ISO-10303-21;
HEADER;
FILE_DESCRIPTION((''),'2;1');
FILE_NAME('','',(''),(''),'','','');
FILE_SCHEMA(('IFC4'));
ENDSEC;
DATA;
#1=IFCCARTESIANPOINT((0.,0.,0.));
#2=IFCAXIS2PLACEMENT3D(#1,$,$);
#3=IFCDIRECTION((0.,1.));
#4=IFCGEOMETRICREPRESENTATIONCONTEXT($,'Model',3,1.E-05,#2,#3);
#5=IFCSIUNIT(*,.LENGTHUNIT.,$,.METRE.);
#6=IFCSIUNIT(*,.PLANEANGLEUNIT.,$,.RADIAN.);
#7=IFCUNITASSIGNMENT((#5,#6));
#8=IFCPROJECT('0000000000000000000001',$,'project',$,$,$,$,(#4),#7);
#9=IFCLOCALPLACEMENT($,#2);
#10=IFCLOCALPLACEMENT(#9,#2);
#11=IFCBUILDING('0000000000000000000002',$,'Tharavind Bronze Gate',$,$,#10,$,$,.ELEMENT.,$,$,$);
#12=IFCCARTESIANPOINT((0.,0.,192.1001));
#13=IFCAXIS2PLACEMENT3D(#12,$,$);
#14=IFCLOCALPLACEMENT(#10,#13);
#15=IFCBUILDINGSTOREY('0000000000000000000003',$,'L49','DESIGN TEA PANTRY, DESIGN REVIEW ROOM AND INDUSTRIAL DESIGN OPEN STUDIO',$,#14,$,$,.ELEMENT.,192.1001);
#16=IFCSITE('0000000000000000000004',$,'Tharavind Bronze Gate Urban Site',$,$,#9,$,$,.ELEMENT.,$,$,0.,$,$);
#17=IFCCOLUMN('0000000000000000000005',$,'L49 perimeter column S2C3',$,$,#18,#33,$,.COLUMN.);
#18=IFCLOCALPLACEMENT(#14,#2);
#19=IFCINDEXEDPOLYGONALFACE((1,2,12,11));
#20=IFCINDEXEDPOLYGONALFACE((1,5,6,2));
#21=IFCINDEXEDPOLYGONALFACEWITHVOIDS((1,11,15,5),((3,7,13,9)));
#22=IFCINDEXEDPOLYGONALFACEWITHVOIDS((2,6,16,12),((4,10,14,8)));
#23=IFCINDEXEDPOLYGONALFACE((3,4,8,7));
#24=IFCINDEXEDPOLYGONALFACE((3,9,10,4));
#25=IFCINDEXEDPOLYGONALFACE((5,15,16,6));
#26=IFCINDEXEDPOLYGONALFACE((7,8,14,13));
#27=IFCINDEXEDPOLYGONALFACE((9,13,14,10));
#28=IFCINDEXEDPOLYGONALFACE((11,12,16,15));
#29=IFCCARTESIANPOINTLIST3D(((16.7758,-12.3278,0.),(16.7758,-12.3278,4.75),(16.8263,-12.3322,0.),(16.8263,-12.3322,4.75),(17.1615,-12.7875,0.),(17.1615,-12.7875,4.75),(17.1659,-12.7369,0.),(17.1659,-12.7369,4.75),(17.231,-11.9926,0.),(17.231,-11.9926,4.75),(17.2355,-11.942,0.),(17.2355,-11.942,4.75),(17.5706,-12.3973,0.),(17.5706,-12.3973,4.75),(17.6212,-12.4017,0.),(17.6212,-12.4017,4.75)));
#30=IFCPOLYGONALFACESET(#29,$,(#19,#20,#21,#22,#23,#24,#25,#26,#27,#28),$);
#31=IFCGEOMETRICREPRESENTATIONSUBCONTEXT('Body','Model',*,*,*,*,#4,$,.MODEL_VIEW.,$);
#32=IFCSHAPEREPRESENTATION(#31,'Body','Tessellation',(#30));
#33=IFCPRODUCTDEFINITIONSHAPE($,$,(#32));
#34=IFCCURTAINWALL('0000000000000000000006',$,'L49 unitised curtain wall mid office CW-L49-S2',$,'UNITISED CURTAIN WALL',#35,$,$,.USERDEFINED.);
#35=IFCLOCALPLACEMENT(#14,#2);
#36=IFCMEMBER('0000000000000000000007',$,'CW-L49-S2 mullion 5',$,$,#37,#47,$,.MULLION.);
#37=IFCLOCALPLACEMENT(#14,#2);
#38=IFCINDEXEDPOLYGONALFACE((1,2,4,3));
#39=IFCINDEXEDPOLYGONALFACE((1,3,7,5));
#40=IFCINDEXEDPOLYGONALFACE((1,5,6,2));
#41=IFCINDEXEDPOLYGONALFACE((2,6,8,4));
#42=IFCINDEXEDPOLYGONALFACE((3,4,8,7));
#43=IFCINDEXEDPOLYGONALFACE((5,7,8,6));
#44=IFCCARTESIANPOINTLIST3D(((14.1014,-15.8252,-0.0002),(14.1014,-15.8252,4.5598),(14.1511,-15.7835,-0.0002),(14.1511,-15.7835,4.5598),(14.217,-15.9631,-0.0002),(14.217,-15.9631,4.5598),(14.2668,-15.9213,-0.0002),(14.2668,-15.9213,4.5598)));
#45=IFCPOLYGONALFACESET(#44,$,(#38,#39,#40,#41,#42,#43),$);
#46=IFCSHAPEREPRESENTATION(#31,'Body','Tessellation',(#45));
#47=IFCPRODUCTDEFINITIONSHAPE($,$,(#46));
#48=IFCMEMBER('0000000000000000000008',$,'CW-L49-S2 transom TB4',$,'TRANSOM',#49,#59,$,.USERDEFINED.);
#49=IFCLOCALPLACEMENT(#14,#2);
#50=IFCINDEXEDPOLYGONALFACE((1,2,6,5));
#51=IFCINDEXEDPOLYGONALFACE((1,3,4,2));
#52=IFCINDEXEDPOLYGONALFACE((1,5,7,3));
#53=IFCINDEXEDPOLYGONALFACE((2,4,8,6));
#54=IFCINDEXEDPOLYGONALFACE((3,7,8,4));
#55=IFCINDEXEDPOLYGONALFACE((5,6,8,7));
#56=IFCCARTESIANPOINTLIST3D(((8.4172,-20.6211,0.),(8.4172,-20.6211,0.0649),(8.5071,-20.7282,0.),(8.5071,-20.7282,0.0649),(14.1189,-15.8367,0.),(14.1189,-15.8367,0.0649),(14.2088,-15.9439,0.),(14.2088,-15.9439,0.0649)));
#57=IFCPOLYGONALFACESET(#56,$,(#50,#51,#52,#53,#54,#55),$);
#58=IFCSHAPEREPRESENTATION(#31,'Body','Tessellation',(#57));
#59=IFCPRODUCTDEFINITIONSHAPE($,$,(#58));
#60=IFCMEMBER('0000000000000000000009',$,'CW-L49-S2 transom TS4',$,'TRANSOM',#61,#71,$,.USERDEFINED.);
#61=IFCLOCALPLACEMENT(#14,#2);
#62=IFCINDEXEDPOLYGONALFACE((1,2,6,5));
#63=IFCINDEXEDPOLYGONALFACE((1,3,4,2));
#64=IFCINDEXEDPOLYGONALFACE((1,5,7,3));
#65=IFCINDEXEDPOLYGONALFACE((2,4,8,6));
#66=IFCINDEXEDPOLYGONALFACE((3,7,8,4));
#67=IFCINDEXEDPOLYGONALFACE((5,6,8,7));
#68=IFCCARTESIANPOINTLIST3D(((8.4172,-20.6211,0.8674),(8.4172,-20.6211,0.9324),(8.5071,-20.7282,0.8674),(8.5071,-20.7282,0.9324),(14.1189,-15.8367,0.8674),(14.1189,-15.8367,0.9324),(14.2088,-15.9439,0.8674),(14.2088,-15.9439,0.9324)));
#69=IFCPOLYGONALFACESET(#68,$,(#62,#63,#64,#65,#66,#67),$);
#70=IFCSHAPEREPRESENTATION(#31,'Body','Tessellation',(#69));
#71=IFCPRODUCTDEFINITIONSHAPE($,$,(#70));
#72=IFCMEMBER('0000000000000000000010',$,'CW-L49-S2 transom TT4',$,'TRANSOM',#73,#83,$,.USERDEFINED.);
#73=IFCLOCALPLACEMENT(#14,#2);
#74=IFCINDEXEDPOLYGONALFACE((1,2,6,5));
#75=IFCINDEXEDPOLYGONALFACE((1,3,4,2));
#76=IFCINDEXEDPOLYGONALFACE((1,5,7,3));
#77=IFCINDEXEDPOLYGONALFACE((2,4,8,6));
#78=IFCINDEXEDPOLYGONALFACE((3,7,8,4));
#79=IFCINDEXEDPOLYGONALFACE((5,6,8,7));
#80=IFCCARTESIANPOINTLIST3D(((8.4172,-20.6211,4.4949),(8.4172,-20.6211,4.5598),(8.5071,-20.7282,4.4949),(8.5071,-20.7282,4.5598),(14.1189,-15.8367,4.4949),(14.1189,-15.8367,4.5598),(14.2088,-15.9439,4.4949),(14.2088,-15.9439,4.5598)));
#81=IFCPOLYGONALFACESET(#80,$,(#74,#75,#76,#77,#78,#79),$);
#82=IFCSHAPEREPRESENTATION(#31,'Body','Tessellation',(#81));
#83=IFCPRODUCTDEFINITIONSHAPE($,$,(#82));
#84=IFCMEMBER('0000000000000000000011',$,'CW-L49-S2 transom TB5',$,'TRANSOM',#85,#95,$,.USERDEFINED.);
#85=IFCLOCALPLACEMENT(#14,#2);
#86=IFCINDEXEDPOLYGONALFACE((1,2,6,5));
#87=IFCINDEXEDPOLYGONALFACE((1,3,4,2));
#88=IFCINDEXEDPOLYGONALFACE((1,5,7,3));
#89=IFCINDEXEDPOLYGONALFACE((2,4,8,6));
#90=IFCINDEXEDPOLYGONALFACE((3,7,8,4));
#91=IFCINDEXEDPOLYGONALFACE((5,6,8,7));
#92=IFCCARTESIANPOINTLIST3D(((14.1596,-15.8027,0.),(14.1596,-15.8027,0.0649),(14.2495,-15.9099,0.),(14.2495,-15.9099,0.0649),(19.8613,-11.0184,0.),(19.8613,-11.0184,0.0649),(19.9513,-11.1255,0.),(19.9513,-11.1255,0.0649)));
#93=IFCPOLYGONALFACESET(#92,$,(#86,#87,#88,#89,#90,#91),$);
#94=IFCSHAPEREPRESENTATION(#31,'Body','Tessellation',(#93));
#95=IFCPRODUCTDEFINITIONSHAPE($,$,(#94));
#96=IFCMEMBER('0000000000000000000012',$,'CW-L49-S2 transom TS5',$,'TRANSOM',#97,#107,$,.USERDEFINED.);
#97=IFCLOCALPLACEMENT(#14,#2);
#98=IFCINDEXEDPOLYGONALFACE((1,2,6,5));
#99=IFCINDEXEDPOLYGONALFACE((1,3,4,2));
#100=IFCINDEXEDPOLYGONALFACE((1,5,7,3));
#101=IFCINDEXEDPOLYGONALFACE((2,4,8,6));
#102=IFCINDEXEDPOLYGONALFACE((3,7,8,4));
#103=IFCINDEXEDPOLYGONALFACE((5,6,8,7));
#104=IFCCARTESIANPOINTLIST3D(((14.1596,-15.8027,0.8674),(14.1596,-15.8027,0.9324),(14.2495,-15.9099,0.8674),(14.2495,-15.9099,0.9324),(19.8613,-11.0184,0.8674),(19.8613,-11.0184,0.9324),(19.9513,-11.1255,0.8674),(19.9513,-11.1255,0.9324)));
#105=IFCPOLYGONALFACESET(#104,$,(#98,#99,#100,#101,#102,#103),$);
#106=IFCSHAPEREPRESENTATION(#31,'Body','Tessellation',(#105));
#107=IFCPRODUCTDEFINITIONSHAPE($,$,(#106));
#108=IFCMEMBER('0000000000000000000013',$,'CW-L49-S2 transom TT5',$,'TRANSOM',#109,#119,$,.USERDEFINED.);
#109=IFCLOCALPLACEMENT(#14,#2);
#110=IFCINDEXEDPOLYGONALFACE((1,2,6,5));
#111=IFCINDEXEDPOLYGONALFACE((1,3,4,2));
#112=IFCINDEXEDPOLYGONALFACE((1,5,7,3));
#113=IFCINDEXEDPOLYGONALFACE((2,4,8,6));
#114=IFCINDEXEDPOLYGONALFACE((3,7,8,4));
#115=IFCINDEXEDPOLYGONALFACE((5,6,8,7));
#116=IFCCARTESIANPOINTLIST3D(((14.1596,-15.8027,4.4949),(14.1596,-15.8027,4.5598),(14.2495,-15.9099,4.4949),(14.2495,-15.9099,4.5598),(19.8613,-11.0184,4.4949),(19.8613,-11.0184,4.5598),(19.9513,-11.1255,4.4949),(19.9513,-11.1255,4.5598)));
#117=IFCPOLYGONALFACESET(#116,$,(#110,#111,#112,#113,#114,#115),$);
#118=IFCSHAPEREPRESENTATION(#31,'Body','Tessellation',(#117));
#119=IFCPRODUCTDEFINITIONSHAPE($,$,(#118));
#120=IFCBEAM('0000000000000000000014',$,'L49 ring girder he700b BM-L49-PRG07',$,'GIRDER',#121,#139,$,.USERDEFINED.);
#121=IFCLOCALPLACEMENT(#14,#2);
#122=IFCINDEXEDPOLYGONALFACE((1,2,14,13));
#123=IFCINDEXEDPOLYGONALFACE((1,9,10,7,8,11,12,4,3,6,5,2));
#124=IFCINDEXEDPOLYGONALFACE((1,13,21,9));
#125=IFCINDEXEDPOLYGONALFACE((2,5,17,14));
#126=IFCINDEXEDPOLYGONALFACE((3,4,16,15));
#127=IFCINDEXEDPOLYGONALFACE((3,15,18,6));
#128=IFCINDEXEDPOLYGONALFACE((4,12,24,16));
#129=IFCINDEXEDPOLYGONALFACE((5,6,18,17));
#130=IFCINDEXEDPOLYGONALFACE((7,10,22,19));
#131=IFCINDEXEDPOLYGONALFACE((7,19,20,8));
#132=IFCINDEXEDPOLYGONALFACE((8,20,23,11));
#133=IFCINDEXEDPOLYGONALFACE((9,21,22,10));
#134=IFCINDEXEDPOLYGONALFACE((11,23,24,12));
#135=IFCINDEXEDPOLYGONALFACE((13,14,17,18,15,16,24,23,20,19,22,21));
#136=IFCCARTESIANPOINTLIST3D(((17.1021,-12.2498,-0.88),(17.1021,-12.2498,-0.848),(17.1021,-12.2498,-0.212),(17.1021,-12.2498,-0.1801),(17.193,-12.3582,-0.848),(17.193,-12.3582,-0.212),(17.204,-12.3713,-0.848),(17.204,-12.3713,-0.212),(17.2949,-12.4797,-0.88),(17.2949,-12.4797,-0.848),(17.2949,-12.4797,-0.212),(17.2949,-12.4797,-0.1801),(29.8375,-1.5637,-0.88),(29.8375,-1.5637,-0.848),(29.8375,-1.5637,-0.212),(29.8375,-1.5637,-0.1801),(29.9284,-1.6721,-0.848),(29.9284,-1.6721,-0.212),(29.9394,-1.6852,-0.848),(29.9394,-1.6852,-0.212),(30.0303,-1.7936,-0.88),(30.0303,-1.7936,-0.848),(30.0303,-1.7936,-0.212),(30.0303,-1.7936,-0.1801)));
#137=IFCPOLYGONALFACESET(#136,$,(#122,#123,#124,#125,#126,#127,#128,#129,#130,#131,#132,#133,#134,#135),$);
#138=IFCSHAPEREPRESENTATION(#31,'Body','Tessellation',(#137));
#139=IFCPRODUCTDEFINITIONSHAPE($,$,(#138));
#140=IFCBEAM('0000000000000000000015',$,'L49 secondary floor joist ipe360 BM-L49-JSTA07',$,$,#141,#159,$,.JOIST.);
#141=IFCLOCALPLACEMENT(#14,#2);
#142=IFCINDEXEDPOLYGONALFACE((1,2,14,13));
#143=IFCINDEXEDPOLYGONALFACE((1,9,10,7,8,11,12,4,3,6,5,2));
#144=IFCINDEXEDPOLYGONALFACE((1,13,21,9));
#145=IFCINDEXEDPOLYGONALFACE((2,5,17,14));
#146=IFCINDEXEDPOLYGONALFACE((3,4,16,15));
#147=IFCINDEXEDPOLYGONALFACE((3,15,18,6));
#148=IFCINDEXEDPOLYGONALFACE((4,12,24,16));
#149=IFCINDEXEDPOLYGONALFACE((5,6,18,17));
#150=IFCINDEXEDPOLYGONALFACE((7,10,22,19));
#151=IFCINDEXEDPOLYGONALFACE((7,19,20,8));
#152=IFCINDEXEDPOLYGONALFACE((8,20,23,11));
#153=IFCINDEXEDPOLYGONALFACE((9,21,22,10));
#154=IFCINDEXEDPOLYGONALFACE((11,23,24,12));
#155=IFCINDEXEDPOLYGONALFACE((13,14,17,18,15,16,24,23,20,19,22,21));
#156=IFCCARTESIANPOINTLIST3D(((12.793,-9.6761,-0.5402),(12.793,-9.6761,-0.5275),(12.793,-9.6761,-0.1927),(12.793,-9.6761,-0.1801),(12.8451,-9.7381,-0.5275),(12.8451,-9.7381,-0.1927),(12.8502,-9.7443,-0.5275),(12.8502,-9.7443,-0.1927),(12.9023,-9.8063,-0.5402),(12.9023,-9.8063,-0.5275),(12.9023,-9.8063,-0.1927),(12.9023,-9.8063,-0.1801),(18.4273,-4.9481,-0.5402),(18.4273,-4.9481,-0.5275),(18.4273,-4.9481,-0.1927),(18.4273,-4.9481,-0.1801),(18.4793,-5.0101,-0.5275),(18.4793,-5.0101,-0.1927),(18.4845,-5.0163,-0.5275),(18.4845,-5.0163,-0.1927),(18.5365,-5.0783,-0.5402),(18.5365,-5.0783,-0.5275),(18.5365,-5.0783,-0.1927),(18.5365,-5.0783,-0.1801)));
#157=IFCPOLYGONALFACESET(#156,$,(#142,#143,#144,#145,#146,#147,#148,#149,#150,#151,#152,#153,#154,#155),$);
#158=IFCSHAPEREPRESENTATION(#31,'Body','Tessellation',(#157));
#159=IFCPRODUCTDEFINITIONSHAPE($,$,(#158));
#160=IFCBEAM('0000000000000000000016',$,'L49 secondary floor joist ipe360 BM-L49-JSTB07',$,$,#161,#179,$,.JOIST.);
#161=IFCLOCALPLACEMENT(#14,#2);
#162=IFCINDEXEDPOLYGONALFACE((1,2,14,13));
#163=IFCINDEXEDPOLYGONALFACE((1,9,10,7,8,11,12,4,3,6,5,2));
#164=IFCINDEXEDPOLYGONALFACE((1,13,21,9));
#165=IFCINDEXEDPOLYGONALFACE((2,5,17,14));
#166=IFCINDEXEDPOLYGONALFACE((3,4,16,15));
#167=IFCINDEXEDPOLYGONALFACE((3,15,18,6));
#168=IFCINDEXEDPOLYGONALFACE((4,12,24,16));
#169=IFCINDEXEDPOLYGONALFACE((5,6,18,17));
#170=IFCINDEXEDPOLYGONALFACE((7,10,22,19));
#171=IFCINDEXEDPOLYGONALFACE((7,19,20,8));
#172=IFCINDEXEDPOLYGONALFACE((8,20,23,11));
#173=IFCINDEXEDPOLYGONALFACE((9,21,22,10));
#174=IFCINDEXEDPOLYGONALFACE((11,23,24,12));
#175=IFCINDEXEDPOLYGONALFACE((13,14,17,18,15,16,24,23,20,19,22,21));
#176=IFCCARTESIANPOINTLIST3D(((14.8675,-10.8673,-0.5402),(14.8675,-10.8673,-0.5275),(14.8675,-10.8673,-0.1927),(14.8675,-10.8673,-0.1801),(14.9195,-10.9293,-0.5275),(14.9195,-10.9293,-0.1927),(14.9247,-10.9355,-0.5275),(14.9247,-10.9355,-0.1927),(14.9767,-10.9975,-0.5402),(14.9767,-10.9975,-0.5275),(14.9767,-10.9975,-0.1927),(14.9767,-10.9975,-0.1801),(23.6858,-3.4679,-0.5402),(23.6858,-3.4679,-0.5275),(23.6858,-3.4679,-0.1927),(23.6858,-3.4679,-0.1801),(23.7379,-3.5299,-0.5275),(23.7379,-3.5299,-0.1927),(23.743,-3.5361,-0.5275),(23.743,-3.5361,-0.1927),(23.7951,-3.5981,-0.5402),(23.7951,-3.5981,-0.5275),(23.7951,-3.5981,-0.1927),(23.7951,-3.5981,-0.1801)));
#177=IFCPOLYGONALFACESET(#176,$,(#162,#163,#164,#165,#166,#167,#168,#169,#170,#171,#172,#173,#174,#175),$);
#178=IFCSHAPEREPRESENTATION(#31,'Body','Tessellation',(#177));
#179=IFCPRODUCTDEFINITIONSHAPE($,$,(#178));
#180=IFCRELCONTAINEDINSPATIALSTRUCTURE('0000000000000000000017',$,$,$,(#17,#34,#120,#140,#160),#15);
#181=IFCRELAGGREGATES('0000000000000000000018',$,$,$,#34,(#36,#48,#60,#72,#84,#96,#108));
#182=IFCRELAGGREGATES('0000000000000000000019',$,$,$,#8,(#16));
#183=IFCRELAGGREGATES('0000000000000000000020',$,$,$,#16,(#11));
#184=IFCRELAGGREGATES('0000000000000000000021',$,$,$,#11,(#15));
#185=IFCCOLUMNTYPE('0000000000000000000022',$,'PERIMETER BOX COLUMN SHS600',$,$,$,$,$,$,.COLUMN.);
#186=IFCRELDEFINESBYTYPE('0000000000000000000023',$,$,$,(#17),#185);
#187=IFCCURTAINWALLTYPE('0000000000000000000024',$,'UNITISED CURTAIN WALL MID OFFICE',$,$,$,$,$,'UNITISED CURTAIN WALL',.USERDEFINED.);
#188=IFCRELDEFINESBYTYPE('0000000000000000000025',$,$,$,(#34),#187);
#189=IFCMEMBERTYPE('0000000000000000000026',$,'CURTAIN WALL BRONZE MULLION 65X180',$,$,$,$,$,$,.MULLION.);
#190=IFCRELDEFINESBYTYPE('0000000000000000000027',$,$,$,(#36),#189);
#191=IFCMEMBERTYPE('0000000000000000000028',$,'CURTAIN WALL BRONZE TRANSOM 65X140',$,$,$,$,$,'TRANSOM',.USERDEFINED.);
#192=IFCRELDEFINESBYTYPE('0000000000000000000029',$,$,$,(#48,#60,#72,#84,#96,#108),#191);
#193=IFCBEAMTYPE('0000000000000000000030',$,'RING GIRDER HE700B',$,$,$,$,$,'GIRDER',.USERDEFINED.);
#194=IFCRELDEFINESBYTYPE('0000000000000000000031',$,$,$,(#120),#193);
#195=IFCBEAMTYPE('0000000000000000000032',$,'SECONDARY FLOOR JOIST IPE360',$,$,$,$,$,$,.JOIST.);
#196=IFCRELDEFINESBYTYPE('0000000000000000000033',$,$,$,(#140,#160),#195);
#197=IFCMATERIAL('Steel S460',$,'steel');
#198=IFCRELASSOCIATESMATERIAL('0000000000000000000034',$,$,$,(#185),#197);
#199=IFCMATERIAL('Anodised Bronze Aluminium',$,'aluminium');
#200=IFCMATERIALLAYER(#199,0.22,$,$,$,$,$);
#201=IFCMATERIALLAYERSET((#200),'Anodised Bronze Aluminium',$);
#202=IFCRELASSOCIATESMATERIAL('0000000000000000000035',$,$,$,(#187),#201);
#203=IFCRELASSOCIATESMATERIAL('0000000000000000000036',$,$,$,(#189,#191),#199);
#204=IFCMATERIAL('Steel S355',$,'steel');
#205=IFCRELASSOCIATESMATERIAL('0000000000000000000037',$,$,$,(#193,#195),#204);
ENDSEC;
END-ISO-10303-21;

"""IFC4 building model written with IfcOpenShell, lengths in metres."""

from ifc_helpers import new_model, si_unit, direction, frame, origin, origin_2d, place, context, subcontext, project, spatial, rectangle, hollow_rectangle, i_section, extrude, material, layer, layer_set, material_profile, profile_set, type_object, element, aggregate, save


model = new_model("IFC4")

# Units and contexts
model_context = context("Model", 3, precision=1e-05, world=origin(), true_north=direction((0.0, 1.0)))
body_context = subcontext(model_context, "Body", "Model", "MODEL_VIEW")
ifc_project = project(units=[si_unit("LENGTHUNIT", "METRE"), si_unit("PLANEANGLEUNIT", "RADIAN")], contexts=[model_context])

# Site, building, storey
site_placement = place(None, origin())
site = spatial("IfcSite", under=ifc_project, at=site_placement, Name="Tharavind Bronze Gate Urban Site", CompositionType="ELEMENT", RefElevation=0.0)
building_placement = place(site_placement, origin())
building = spatial("IfcBuilding", under=site, at=building_placement, Name="Tharavind Bronze Gate", CompositionType="ELEMENT")
storey_placement = place(building_placement, frame((0.0, 0.0, 192.1001)))
storey = spatial("IfcBuildingStorey", under=building, at=storey_placement, Name="L49", Description="DESIGN TEA PANTRY, DESIGN REVIEW ROOM AND INDUSTRIAL DESIGN OPEN STUDIO", CompositionType="ELEMENT", Elevation=192.1001)

# Column
ifc_material_1 = material(Name="Steel S460", Category="steel")
ifc_material_profile_1 = material_profile(ifc_material_1, hollow_rectangle(XDim=0.6001, YDim=0.6001, WallThickness=0.0359, at=origin_2d()), Name="SHS600X36")
ifc_profile_set_1 = profile_set([ifc_material_profile_1], Name="Steel S460")
column_type = type_object("IfcColumnType", Name="PERIMETER BOX COLUMN SHS600", PredefinedType="COLUMN", material=ifc_profile_set_1)
column_placement = place(storey_placement, frame((17.1985, -12.3647, 0.0), z_axis=(0.0, 0.0, 1.0), x_axis=(0.766043, 0.642789, 0.0)))
element("IfcColumn", 1, at=column_placement, inside=storey, type_object=column_type, Name="L49 perimeter column S2C3", PredefinedType="COLUMN", context=body_context, shape_type="SweptSolid", body=[
    extrude(hollow_rectangle(XDim=0.6001, YDim=0.6001, WallThickness=0.0359, at=origin_2d()), origin(), (0.0, 0.0, 1.0), 4.75),
])

# Curtain wall, members
ifc_material_2 = material(Name="Anodised Bronze Aluminium", Category="aluminium")
ifc_layer_1 = layer(ifc_material_2, 0.22)
ifc_layer_set_1 = layer_set([ifc_layer_1], Name="Anodised Bronze Aluminium")
curtain_wall_type = type_object("IfcCurtainWallType", Name="UNITISED CURTAIN WALL MID OFFICE", ElementType="UNITISED CURTAIN WALL", PredefinedType="USERDEFINED", material=ifc_layer_set_1)
curtain_wall_placement = place(storey_placement, origin())
curtain_wall = element("IfcCurtainWall", 2, at=curtain_wall_placement, inside=storey, type_object=curtain_wall_type, Name="L49 unitised curtain wall mid office CW-L49-S2", ObjectType="UNITISED CURTAIN WALL", PredefinedType="USERDEFINED")
member_type_1 = type_object("IfcMemberType", Name="CURTAIN WALL BRONZE MULLION 65X180", PredefinedType="MULLION", material=ifc_material_2)
member_1_placement = place(storey_placement, frame((14.1841, -15.8733, -0.0002), z_axis=(0.0, 0.0, 1.0), x_axis=(0.766043, 0.642789, 0.0)))
member_1 = element("IfcMember", 3, at=member_1_placement, type_object=member_type_1, Name="CW-L49-S2 mullion 5", PredefinedType="MULLION", context=body_context, shape_type="SweptSolid", body=[
    extrude(rectangle(XDim=0.0649, YDim=0.1799, at=origin_2d()), origin(), (0.0, 0.0, 1.0), 4.5601),
])
member_type_2 = type_object("IfcMemberType", Name="CURTAIN WALL BRONZE TRANSOM 65X140", ElementType="TRANSOM", PredefinedType="USERDEFINED", material=ifc_material_2)
member_2_placement = place(storey_placement, frame((11.313, -18.2825, 0.0), z_axis=(0.0, 0.0, 1.0), x_axis=(0.766043, 0.642789, 0.0)))
member_2 = element("IfcMember", 4, at=member_2_placement, type_object=member_type_2, Name="CW-L49-S2 transom TB4", ObjectType="TRANSOM", PredefinedType="USERDEFINED", context=body_context, shape_type="SweptSolid", body=[
    extrude(rectangle(XDim=7.4431, YDim=0.1399, at=origin_2d()), origin(), (0.0, 0.0, 1.0), 0.0649),
])
member_3_placement = place(storey_placement, frame((11.313, -18.2825, 0.8674), z_axis=(0.0, 0.0, 1.0), x_axis=(0.766043, 0.642789, 0.0)))
member_3 = element("IfcMember", 5, at=member_3_placement, type_object=member_type_2, Name="CW-L49-S2 transom TS4", ObjectType="TRANSOM", PredefinedType="USERDEFINED", context=body_context, shape_type="SweptSolid", body=[
    extrude(rectangle(XDim=7.4431, YDim=0.1399, at=origin_2d()), origin(), (0.0, 0.0, 1.0), 0.0649),
])
member_4_placement = place(storey_placement, frame((11.313, -18.2825, 4.4949), z_axis=(0.0, 0.0, 1.0), x_axis=(0.766043, 0.642789, 0.0)))
member_4 = element("IfcMember", 6, at=member_4_placement, type_object=member_type_2, Name="CW-L49-S2 transom TT4", ObjectType="TRANSOM", PredefinedType="USERDEFINED", context=body_context, shape_type="SweptSolid", body=[
    extrude(rectangle(XDim=7.4431, YDim=0.1399, at=origin_2d()), origin(), (0.0, 0.0, 1.0), 0.0649),
])
member_5_placement = place(storey_placement, frame((17.0554, -13.4641, 0.0), z_axis=(0.0, 0.0, 1.0), x_axis=(0.766043, 0.642789, 0.0)))
member_5 = element("IfcMember", 7, at=member_5_placement, type_object=member_type_2, Name="CW-L49-S2 transom TB5", ObjectType="TRANSOM", PredefinedType="USERDEFINED", context=body_context, shape_type="SweptSolid", body=[
    extrude(rectangle(XDim=7.4431, YDim=0.1399, at=origin_2d()), origin(), (0.0, 0.0, 1.0), 0.0649),
])
member_6_placement = place(storey_placement, frame((17.0554, -13.4641, 0.8674), z_axis=(0.0, 0.0, 1.0), x_axis=(0.766043, 0.642789, 0.0)))
member_6 = element("IfcMember", 8, at=member_6_placement, type_object=member_type_2, Name="CW-L49-S2 transom TS5", ObjectType="TRANSOM", PredefinedType="USERDEFINED", context=body_context, shape_type="SweptSolid", body=[
    extrude(rectangle(XDim=7.4431, YDim=0.1399, at=origin_2d()), origin(), (0.0, 0.0, 1.0), 0.0649),
])
member_7_placement = place(storey_placement, frame((17.0554, -13.4641, 4.4949), z_axis=(0.0, 0.0, 1.0), x_axis=(0.766043, 0.642789, 0.0)))
member_7 = element("IfcMember", 9, at=member_7_placement, type_object=member_type_2, Name="CW-L49-S2 transom TT5", ObjectType="TRANSOM", PredefinedType="USERDEFINED", context=body_context, shape_type="SweptSolid", body=[
    extrude(rectangle(XDim=7.4431, YDim=0.1399, at=origin_2d()), origin(), (0.0, 0.0, 1.0), 0.0649),
])

# Beams
ifc_material_3 = material(Name="Steel S355", Category="steel")
ifc_material_profile_2 = material_profile(ifc_material_3, i_section(OverallWidth=0.3, OverallDepth=0.7, WebThickness=0.0171, FlangeThickness=0.032, at=origin_2d()), Name="HE700B")
ifc_profile_set_2 = profile_set([ifc_material_profile_2], Name="Steel S355")
beam_type_1 = type_object("IfcBeamType", Name="RING GIRDER HE700B", ElementType="GIRDER", PredefinedType="USERDEFINED", material=ifc_profile_set_2)
beam_1_placement = place(storey_placement, frame((17.1985, -12.3647, -0.53), z_axis=(0.76605, 0.642781, 0.0), x_axis=(-0.642781, 0.76605, 0.0)))
element("IfcBeam", 10, at=beam_1_placement, inside=storey, type_object=beam_type_1, Name="L49 ring girder he700b BM-L49-PRG07", ObjectType="GIRDER", PredefinedType="USERDEFINED", context=body_context, shape_type="SweptSolid", body=[
    extrude(i_section(OverallWidth=0.3, OverallDepth=0.7, WebThickness=0.0171, FlangeThickness=0.032, at=origin_2d()), origin(), (0.0, 0.0, 1.0), 16.6248),
])
ifc_material_profile_3 = material_profile(ifc_material_3, i_section(OverallWidth=0.1699, OverallDepth=0.3601, WebThickness=0.0081, FlangeThickness=0.0127, at=origin_2d()), Name="IPE360")
ifc_profile_set_3 = profile_set([ifc_material_profile_3], Name="Steel S355")
beam_type_2 = type_object("IfcBeamType", Name="SECONDARY FLOOR JOIST IPE360", PredefinedType="JOIST", material=ifc_profile_set_3)
beam_2_placement = place(storey_placement, frame((12.8477, -9.7412, -0.3601), z_axis=(0.766024, 0.642812, 0.0), x_axis=(-0.642812, 0.766024, 0.0)))
element("IfcBeam", 11, at=beam_2_placement, inside=storey, type_object=beam_type_2, Name="L49 secondary floor joist ipe360 BM-L49-JSTA07", PredefinedType="JOIST", context=body_context, shape_type="SweptSolid", body=[
    extrude(i_section(OverallWidth=0.1699, OverallDepth=0.3601, WebThickness=0.0081, FlangeThickness=0.0127, at=origin_2d()), origin(), (0.0, 0.0, 1.0), 7.3552),
])
beam_3_placement = place(storey_placement, frame((14.9221, -10.9324, -0.3601), z_axis=(0.766047, 0.642784, 0.0), x_axis=(-0.642784, 0.766047, 0.0)))
element("IfcBeam", 12, at=beam_3_placement, inside=storey, type_object=beam_type_2, Name="L49 secondary floor joist ipe360 BM-L49-JSTB07", PredefinedType="JOIST", context=body_context, shape_type="SweptSolid", body=[
    extrude(i_section(OverallWidth=0.1699, OverallDepth=0.3601, WebThickness=0.0081, FlangeThickness=0.0127, at=origin_2d()), origin(), (0.0, 0.0, 1.0), 11.5115),
])

aggregate(curtain_wall, [member_1, member_2, member_3, member_4, member_5, member_6, member_7])

save(model, "model.ifc")
